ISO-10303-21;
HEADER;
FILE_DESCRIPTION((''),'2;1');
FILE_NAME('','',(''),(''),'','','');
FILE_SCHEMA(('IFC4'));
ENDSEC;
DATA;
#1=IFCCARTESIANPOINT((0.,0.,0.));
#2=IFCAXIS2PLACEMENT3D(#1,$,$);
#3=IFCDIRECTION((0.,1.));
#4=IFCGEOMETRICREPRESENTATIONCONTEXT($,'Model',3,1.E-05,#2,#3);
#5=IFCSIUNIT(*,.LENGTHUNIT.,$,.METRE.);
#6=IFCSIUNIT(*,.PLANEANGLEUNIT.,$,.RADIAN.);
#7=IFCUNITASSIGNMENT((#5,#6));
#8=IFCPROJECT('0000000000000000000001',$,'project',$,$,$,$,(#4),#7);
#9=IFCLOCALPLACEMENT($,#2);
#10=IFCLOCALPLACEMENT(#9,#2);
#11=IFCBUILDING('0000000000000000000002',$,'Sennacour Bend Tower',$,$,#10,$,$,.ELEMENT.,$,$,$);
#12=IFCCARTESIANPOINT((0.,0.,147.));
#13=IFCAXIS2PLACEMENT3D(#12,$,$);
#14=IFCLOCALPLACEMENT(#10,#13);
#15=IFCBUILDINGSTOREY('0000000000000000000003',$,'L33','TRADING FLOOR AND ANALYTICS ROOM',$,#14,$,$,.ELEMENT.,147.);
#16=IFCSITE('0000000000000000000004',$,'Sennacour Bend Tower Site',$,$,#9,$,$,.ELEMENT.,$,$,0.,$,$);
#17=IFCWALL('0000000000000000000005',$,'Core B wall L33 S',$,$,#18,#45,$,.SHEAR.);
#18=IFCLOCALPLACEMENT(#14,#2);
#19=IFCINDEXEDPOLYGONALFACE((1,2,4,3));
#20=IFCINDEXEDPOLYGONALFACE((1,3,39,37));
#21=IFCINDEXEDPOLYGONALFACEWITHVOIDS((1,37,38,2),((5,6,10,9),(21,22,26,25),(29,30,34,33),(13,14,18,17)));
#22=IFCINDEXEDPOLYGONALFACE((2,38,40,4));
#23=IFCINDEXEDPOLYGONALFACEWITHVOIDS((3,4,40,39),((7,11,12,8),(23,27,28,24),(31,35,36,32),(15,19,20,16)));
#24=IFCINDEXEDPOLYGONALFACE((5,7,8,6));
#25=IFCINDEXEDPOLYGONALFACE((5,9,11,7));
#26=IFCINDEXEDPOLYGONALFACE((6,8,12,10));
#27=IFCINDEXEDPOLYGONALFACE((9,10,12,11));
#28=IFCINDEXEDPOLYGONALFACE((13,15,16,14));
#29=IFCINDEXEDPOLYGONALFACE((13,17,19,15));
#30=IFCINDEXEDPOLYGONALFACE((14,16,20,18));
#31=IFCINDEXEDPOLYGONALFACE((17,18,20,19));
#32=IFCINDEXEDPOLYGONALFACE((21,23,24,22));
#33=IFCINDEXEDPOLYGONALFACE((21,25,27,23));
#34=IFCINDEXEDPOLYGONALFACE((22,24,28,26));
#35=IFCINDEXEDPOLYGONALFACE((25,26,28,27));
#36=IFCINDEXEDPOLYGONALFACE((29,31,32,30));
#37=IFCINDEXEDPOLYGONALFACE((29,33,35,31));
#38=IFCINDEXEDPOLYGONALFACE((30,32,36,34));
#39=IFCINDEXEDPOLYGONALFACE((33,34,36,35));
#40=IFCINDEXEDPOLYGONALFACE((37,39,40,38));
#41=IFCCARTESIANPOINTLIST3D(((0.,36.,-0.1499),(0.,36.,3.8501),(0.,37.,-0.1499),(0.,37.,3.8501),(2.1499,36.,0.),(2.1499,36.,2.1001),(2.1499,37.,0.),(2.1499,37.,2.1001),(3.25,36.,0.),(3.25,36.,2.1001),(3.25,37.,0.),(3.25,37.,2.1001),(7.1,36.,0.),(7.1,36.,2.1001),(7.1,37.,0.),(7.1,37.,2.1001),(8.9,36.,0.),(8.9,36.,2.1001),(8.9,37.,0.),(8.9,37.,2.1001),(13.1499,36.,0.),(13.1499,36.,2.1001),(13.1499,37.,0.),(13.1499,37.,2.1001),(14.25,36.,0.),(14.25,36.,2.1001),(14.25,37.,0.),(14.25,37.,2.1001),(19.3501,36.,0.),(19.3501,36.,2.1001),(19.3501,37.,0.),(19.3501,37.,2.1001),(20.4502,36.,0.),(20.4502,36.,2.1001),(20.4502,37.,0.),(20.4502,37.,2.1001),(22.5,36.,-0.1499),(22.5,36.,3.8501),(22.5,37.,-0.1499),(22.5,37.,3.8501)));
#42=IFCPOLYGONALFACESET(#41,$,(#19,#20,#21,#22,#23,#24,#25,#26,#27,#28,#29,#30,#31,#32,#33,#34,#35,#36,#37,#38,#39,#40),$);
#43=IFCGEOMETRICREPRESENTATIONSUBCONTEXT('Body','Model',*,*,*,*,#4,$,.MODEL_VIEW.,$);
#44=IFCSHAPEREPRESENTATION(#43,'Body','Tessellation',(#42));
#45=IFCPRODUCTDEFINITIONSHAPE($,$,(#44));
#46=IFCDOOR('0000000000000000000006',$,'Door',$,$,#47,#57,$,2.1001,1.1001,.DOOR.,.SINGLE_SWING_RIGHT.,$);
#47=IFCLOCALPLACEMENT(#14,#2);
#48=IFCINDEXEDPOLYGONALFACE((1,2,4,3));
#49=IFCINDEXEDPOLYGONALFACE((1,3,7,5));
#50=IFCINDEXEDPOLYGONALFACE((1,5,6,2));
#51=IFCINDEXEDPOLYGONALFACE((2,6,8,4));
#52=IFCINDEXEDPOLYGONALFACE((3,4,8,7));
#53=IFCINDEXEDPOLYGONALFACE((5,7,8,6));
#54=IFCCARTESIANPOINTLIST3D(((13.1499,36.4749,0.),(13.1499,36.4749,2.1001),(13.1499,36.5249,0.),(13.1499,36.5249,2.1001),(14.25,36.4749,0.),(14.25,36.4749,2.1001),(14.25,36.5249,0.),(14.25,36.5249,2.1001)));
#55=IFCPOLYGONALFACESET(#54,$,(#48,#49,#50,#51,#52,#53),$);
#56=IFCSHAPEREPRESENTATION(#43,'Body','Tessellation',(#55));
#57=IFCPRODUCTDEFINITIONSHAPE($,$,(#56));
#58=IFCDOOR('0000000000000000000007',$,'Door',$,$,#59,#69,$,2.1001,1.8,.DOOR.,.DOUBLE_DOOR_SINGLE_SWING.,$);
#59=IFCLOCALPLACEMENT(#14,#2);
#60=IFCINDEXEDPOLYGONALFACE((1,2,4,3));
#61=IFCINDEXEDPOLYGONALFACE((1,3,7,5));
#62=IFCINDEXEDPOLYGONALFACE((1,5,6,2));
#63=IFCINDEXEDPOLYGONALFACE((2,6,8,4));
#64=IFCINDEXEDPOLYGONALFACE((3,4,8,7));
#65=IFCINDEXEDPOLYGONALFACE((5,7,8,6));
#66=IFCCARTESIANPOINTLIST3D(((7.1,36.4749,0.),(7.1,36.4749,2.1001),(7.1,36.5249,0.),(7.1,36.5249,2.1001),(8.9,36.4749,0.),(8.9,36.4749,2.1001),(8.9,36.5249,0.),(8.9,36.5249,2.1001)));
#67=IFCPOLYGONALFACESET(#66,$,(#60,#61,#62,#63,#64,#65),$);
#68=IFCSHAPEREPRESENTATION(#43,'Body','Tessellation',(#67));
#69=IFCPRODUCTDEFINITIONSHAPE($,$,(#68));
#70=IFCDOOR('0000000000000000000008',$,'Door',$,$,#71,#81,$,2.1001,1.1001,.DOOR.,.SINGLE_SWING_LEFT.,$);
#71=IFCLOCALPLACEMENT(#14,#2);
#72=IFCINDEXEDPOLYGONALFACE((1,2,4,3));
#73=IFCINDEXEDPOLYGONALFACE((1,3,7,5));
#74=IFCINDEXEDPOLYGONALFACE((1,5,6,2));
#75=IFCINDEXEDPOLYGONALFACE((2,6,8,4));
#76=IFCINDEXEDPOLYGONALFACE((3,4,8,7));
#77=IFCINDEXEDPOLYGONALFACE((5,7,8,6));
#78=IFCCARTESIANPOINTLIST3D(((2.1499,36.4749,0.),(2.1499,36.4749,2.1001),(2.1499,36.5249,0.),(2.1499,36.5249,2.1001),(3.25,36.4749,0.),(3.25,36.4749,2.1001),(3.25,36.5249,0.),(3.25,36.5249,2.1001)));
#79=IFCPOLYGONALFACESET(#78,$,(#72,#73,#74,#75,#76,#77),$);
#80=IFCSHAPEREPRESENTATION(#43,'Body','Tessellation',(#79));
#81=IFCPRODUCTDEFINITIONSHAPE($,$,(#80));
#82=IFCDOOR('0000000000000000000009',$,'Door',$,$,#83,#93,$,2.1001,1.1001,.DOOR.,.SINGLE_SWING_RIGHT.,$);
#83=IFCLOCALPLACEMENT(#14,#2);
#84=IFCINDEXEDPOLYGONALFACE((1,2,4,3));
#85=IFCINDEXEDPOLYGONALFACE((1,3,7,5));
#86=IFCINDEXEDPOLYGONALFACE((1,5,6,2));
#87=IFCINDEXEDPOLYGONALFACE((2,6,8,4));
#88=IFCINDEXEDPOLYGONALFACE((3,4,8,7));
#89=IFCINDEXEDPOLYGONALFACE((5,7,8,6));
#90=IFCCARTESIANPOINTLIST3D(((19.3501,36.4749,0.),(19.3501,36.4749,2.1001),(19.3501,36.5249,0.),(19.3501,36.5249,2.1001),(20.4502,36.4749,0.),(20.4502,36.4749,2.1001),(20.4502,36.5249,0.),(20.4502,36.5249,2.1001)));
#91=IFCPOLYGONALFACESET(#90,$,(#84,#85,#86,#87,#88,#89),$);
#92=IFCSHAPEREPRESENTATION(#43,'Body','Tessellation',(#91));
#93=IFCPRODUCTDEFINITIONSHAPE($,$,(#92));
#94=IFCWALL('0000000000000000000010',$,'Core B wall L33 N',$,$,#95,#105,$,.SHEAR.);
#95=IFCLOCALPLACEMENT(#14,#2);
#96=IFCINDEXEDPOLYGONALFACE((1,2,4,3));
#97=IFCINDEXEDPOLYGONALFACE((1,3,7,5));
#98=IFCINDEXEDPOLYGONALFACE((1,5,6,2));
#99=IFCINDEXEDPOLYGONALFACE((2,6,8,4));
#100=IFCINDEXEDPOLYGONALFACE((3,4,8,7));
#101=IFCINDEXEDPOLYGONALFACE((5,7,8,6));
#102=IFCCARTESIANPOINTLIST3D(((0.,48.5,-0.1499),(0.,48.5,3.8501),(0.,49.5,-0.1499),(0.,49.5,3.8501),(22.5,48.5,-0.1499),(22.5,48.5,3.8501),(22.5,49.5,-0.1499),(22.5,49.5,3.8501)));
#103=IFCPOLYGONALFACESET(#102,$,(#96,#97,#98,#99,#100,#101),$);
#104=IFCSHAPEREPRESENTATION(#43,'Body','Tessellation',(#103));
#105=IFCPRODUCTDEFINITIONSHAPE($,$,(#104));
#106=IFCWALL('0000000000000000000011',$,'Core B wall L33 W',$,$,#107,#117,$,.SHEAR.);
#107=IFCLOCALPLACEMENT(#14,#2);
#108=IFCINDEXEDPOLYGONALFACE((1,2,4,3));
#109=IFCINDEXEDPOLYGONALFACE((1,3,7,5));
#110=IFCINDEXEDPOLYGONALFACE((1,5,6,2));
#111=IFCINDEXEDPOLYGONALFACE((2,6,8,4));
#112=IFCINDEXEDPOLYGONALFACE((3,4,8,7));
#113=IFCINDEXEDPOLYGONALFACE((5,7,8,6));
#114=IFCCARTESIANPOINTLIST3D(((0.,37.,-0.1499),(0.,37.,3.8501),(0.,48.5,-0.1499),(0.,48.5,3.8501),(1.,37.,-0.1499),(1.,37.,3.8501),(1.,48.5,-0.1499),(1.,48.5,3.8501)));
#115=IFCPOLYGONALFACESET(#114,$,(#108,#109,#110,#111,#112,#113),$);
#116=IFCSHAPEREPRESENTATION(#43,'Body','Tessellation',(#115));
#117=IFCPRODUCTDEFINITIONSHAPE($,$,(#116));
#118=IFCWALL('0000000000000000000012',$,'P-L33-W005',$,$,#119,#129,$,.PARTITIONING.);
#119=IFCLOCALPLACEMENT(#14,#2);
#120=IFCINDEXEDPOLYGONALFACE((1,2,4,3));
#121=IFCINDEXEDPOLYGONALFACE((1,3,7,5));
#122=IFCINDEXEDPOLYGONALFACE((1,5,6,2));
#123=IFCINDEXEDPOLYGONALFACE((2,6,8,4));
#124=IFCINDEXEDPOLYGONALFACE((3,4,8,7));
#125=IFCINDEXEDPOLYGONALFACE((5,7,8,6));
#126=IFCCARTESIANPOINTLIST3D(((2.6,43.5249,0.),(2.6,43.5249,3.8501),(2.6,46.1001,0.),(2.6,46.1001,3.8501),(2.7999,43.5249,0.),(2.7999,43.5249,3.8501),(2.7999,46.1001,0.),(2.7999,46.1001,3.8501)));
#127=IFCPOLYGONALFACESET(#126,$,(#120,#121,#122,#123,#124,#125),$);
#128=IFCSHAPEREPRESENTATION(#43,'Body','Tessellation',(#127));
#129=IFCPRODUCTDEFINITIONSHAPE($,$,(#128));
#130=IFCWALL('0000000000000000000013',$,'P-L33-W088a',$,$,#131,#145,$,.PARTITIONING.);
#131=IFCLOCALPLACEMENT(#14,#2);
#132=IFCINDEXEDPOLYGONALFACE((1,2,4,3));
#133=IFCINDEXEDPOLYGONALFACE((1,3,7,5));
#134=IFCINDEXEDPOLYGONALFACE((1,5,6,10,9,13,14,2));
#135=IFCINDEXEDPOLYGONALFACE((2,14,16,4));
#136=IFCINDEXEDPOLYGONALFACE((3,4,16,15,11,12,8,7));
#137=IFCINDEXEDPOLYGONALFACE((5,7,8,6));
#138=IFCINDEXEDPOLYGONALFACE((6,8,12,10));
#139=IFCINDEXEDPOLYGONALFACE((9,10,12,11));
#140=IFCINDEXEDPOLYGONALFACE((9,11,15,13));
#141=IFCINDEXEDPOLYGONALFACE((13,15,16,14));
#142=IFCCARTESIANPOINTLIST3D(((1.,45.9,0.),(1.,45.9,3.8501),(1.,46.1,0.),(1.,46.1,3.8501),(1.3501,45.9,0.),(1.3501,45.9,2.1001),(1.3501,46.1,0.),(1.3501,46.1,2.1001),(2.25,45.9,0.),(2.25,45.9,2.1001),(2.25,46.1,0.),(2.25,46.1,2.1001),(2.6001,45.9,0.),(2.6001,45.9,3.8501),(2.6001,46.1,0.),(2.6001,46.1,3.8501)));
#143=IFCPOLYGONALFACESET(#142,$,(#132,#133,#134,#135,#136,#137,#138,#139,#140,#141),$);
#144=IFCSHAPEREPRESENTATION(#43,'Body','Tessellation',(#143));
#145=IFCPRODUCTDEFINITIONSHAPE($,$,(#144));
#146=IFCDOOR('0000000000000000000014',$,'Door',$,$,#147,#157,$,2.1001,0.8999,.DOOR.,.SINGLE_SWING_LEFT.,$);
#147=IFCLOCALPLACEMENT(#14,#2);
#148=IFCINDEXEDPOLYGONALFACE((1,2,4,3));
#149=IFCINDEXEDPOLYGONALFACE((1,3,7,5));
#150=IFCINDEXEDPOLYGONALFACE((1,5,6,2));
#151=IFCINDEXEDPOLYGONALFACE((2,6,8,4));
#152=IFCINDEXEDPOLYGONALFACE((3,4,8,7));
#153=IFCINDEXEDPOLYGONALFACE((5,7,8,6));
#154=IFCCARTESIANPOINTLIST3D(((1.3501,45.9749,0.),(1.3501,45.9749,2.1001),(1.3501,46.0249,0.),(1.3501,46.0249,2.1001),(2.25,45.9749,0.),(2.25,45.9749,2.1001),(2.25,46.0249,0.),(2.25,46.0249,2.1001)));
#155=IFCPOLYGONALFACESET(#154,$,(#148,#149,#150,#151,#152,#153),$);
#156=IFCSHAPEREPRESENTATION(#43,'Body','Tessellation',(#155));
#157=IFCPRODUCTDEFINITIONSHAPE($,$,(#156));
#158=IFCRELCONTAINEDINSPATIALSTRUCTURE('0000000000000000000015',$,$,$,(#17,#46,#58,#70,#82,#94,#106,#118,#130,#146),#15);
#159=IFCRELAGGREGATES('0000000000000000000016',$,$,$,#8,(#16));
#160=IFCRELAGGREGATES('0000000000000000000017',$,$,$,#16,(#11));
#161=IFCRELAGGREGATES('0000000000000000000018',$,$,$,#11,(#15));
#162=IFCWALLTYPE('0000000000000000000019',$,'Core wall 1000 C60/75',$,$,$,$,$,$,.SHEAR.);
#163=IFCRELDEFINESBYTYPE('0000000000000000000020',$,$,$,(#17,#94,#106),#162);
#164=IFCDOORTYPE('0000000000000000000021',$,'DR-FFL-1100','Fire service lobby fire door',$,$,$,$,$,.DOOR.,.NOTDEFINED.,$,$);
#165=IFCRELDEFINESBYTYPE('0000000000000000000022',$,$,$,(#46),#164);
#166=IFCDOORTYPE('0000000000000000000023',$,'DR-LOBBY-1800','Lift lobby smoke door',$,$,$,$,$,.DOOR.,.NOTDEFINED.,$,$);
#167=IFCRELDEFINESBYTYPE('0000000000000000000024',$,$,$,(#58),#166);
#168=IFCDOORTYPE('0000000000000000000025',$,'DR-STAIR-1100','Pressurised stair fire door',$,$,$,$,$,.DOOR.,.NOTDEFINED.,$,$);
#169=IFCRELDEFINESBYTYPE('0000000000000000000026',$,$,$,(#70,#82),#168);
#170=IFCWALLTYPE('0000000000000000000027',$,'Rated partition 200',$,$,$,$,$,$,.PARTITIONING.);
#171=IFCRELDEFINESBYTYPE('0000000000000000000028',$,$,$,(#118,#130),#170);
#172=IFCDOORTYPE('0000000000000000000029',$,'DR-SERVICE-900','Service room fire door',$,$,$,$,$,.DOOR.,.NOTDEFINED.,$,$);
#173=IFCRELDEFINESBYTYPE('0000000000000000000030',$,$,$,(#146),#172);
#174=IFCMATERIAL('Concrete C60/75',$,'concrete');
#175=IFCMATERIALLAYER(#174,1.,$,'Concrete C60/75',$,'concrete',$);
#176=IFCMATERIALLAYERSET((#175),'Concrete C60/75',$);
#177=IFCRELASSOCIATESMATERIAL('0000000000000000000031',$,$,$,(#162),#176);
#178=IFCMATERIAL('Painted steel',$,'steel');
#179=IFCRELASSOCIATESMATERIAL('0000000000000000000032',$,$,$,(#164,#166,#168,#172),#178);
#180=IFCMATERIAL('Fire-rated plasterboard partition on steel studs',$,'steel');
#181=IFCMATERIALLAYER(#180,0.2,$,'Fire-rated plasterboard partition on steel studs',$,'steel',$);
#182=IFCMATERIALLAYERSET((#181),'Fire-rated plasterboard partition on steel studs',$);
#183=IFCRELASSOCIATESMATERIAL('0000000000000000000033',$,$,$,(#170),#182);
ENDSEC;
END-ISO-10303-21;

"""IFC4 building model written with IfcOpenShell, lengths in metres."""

from ifc_helpers import new_model, si_unit, direction, frame, frame_2d, origin, place, context, subcontext, project, spatial, rectangle, extrude, material, layer, layer_set, type_object, element, fill, save


model = new_model("IFC4")

# Units and contexts
model_context = context("Model", 3, precision=1e-05, world=origin(), true_north=direction((0.0, 1.0)))
body_context = subcontext(model_context, "Body", "Model", "MODEL_VIEW")
ifc_project = project(units=[si_unit("LENGTHUNIT", "METRE"), si_unit("PLANEANGLEUNIT", "RADIAN")], contexts=[model_context])

# Site, building, storey
site_placement = place(None, origin())
site = spatial("IfcSite", under=ifc_project, at=site_placement, Name="Sennacour Bend Tower Site", CompositionType="ELEMENT", RefElevation=0.0)
building_placement = place(site_placement, origin())
building = spatial("IfcBuilding", under=site, at=building_placement, Name="Sennacour Bend Tower", CompositionType="ELEMENT")
storey_placement = place(building_placement, frame((0.0, 0.0, 147.0)))
storey = spatial("IfcBuildingStorey", under=building, at=storey_placement, Name="L33", Description="TRADING FLOOR AND ANALYTICS ROOM", CompositionType="ELEMENT", Elevation=147.0)

# Wall, openings, doors
ifc_material_1 = material(Name="Concrete C60/75", Category="concrete")
ifc_layer_1 = layer(ifc_material_1, 1.0, Name="Concrete C60/75", Category="concrete")
ifc_layer_set_1 = layer_set([ifc_layer_1], Name="Concrete C60/75")
wall_type_1 = type_object("IfcWallType", Name="Core wall 1000 C60/75", PredefinedType="SHEAR", material=ifc_layer_set_1)
wall_1_placement = place(storey_placement, frame((0.0, 36.5, -0.1499), z_axis=(0.0, 0.0, 1.0), x_axis=(1.0, 0.0, 0.0)))
wall_1 = element("IfcWall", 1, at=wall_1_placement, inside=storey, type_object=wall_type_1, Name="Core B wall L33 S", PredefinedType="SHEAR", context=body_context, shape_type="SweptSolid", body=[
    extrude(rectangle(XDim=22.5, YDim=1.0, at=frame_2d((11.25, 0.0))), origin(), (0.0, 0.0, 1.0), 4.0),
])
opening_1_placement = place(wall_1_placement, frame((7.1001, 0.0, 0.1499)))
opening_1 = element("IfcOpeningElement", 2, at=opening_1_placement, cuts=wall_1, PredefinedType="OPENING", context=body_context, shape_type="SweptSolid", body=[
    extrude(rectangle(XDim=1.8, YDim=2.1001, at=frame_2d((0.8999, 1.05))), frame((0.0, 0.51, 0.0), z_axis=(0.0, -1.0, 0.0), x_axis=(1.0, 0.0, 0.0)), (0.0, 0.0, 1.0), 1.02),
])
opening_2_placement = place(wall_1_placement, frame((13.1499, 0.0, 0.1499)))
opening_2 = element("IfcOpeningElement", 3, at=opening_2_placement, cuts=wall_1, PredefinedType="OPENING", context=body_context, shape_type="SweptSolid", body=[
    extrude(rectangle(XDim=1.1001, YDim=2.1001, at=frame_2d((0.55, 1.05))), frame((0.0, 0.51, 0.0), z_axis=(0.0, -1.0, 0.0), x_axis=(1.0, 0.0, 0.0)), (0.0, 0.0, 1.0), 1.02),
])
opening_3_placement = place(wall_1_placement, frame((2.1499, 0.0, 0.1499)))
opening_3 = element("IfcOpeningElement", 4, at=opening_3_placement, cuts=wall_1, PredefinedType="OPENING", context=body_context, shape_type="SweptSolid", body=[
    extrude(rectangle(XDim=1.1001, YDim=2.1001, at=frame_2d((0.55, 1.05))), frame((0.0, 0.51, 0.0), z_axis=(0.0, -1.0, 0.0), x_axis=(1.0, 0.0, 0.0)), (0.0, 0.0, 1.0), 1.02),
])
opening_4_placement = place(wall_1_placement, frame((19.3501, 0.0, 0.1499)))
opening_4 = element("IfcOpeningElement", 5, at=opening_4_placement, cuts=wall_1, PredefinedType="OPENING", context=body_context, shape_type="SweptSolid", body=[
    extrude(rectangle(XDim=1.1001, YDim=2.1001, at=frame_2d((0.55, 1.05))), frame((0.0, 0.51, 0.0), z_axis=(0.0, -1.0, 0.0), x_axis=(1.0, 0.0, 0.0)), (0.0, 0.0, 1.0), 1.02),
])
ifc_material_2 = material(Name="Painted steel", Category="steel")
door_type_1 = type_object("IfcDoorType", Name="DR-FFL-1100", Description="Fire service lobby fire door", OperationType="NOTDEFINED", PredefinedType="DOOR", material=ifc_material_2)
door_1_placement = place(opening_2_placement, origin())
door_1 = element("IfcDoor", 6, at=door_1_placement, inside=storey, type_object=door_type_1, Name="Door", OperationType="SINGLE_SWING_RIGHT", OverallHeight=2.1001, OverallWidth=1.1001, PredefinedType="DOOR", context=body_context, shape_type="SweptSolid", body=[
    extrude(rectangle(XDim=1.1001, YDim=2.1001, at=frame_2d((0.55, 1.05))), frame((0.0, 0.0249, 0.0), z_axis=(0.0, -1.0, 0.0), x_axis=(1.0, 0.0, 0.0)), (0.0, 0.0, 1.0), 0.05),
])
fill(opening_2, door_1)
door_type_2 = type_object("IfcDoorType", Name="DR-LOBBY-1800", Description="Lift lobby smoke door", OperationType="NOTDEFINED", PredefinedType="DOOR", material=ifc_material_2)
door_2_placement = place(opening_1_placement, origin())
door_2 = element("IfcDoor", 7, at=door_2_placement, inside=storey, type_object=door_type_2, Name="Door", OperationType="DOUBLE_DOOR_SINGLE_SWING", OverallHeight=2.1001, OverallWidth=1.8, PredefinedType="DOOR", context=body_context, shape_type="SweptSolid", body=[
    extrude(rectangle(XDim=1.8, YDim=2.1001, at=frame_2d((0.8999, 1.05))), frame((0.0, 0.0249, 0.0), z_axis=(0.0, -1.0, 0.0), x_axis=(1.0, 0.0, 0.0)), (0.0, 0.0, 1.0), 0.05),
])
fill(opening_1, door_2)
door_type_3 = type_object("IfcDoorType", Name="DR-STAIR-1100", Description="Pressurised stair fire door", OperationType="NOTDEFINED", PredefinedType="DOOR", material=ifc_material_2)
door_3_placement = place(opening_3_placement, origin())
door_3 = element("IfcDoor", 8, at=door_3_placement, inside=storey, type_object=door_type_3, Name="Door", OperationType="SINGLE_SWING_LEFT", OverallHeight=2.1001, OverallWidth=1.1001, PredefinedType="DOOR", context=body_context, shape_type="SweptSolid", body=[
    extrude(rectangle(XDim=1.1001, YDim=2.1001, at=frame_2d((0.55, 1.05))), frame((0.0, 0.0249, 0.0), z_axis=(0.0, -1.0, 0.0), x_axis=(1.0, 0.0, 0.0)), (0.0, 0.0, 1.0), 0.05),
])
fill(opening_3, door_3)
door_4_placement = place(opening_4_placement, origin())
door_4 = element("IfcDoor", 9, at=door_4_placement, inside=storey, type_object=door_type_3, Name="Door", OperationType="SINGLE_SWING_RIGHT", OverallHeight=2.1001, OverallWidth=1.1001, PredefinedType="DOOR", context=body_context, shape_type="SweptSolid", body=[
    extrude(rectangle(XDim=1.1001, YDim=2.1001, at=frame_2d((0.55, 1.05))), frame((0.0, 0.0249, 0.0), z_axis=(0.0, -1.0, 0.0), x_axis=(1.0, 0.0, 0.0)), (0.0, 0.0, 1.0), 0.05),
])
fill(opening_4, door_4)

# Walls
wall_2_placement = place(storey_placement, frame((0.0, 49.0, -0.1499), z_axis=(0.0, 0.0, 1.0), x_axis=(1.0, 0.0, 0.0)))
element("IfcWall", 10, at=wall_2_placement, inside=storey, type_object=wall_type_1, Name="Core B wall L33 N", PredefinedType="SHEAR", context=body_context, shape_type="SweptSolid", body=[
    extrude(rectangle(XDim=22.5, YDim=1.0, at=frame_2d((11.25, 0.0))), origin(), (0.0, 0.0, 1.0), 4.0),
])
wall_3_placement = place(storey_placement, frame((0.5, 37.0, -0.1499), z_axis=(0.0, 0.0, 1.0), x_axis=(0.0, 1.0, 0.0)))
element("IfcWall", 11, at=wall_3_placement, inside=storey, type_object=wall_type_1, Name="Core B wall L33 W", PredefinedType="SHEAR", context=body_context, shape_type="SweptSolid", body=[
    extrude(rectangle(XDim=11.5, YDim=1.0, at=frame_2d((5.75, 0.0))), origin(), (0.0, 0.0, 1.0), 4.0),
])
ifc_material_3 = material(Name="Fire-rated plasterboard partition on steel studs", Category="steel")
ifc_layer_2 = layer(ifc_material_3, 0.2, Name="Fire-rated plasterboard partition on steel studs", Category="steel")
ifc_layer_set_2 = layer_set([ifc_layer_2], Name="Fire-rated plasterboard partition on steel studs")
wall_type_2 = type_object("IfcWallType", Name="Rated partition 200", PredefinedType="PARTITIONING", material=ifc_layer_set_2)
wall_4_placement = place(storey_placement, frame((2.7, 43.5249, 0.0), z_axis=(0.0, 0.0, 1.0), x_axis=(0.0, 1.0, 0.0)))
element("IfcWall", 12, at=wall_4_placement, inside=storey, type_object=wall_type_2, Name="P-L33-W005", PredefinedType="PARTITIONING", context=body_context, shape_type="SweptSolid", body=[
    extrude(rectangle(XDim=2.5752, YDim=0.2, at=frame_2d((1.2876, 0.0))), origin(), (0.0, 0.0, 1.0), 3.8501),
])

# Wall, opening, door
wall_5_placement = place(storey_placement, frame((1.0, 46.0, 0.0), z_axis=(0.0, 0.0, 1.0), x_axis=(1.0, 0.0, 0.0)))
wall_5 = element("IfcWall", 13, at=wall_5_placement, inside=storey, type_object=wall_type_2, Name="P-L33-W088a", PredefinedType="PARTITIONING", context=body_context, shape_type="SweptSolid", body=[
    extrude(rectangle(XDim=1.6001, YDim=0.2, at=frame_2d((0.8, 0.0))), origin(), (0.0, 0.0, 1.0), 3.8501),
])
opening_5_placement = place(wall_5_placement, frame((0.3501, 0.0, 0.0)))
opening_5 = element("IfcOpeningElement", 14, at=opening_5_placement, cuts=wall_5, PredefinedType="OPENING", context=body_context, shape_type="SweptSolid", body=[
    extrude(rectangle(XDim=0.8999, YDim=2.1001, at=frame_2d((0.45, 1.05))), frame((0.0, 0.1099, 0.0), z_axis=(0.0, -1.0, 0.0), x_axis=(1.0, 0.0, 0.0)), (0.0, 0.0, 1.0), 0.22),
])
door_type_4 = type_object("IfcDoorType", Name="DR-SERVICE-900", Description="Service room fire door", OperationType="NOTDEFINED", PredefinedType="DOOR", material=ifc_material_2)
door_5_placement = place(opening_5_placement, origin())
door_5 = element("IfcDoor", 15, at=door_5_placement, inside=storey, type_object=door_type_4, Name="Door", OperationType="SINGLE_SWING_LEFT", OverallHeight=2.1001, OverallWidth=0.8999, PredefinedType="DOOR", context=body_context, shape_type="SweptSolid", body=[
    extrude(rectangle(XDim=0.8999, YDim=2.1001, at=frame_2d((0.45, 1.05))), frame((0.0, 0.0249, 0.0), z_axis=(0.0, -1.0, 0.0), x_axis=(1.0, 0.0, 0.0)), (0.0, 0.0, 1.0), 0.05),
])
fill(opening_5, door_5)

save(model, "model.ifc")
